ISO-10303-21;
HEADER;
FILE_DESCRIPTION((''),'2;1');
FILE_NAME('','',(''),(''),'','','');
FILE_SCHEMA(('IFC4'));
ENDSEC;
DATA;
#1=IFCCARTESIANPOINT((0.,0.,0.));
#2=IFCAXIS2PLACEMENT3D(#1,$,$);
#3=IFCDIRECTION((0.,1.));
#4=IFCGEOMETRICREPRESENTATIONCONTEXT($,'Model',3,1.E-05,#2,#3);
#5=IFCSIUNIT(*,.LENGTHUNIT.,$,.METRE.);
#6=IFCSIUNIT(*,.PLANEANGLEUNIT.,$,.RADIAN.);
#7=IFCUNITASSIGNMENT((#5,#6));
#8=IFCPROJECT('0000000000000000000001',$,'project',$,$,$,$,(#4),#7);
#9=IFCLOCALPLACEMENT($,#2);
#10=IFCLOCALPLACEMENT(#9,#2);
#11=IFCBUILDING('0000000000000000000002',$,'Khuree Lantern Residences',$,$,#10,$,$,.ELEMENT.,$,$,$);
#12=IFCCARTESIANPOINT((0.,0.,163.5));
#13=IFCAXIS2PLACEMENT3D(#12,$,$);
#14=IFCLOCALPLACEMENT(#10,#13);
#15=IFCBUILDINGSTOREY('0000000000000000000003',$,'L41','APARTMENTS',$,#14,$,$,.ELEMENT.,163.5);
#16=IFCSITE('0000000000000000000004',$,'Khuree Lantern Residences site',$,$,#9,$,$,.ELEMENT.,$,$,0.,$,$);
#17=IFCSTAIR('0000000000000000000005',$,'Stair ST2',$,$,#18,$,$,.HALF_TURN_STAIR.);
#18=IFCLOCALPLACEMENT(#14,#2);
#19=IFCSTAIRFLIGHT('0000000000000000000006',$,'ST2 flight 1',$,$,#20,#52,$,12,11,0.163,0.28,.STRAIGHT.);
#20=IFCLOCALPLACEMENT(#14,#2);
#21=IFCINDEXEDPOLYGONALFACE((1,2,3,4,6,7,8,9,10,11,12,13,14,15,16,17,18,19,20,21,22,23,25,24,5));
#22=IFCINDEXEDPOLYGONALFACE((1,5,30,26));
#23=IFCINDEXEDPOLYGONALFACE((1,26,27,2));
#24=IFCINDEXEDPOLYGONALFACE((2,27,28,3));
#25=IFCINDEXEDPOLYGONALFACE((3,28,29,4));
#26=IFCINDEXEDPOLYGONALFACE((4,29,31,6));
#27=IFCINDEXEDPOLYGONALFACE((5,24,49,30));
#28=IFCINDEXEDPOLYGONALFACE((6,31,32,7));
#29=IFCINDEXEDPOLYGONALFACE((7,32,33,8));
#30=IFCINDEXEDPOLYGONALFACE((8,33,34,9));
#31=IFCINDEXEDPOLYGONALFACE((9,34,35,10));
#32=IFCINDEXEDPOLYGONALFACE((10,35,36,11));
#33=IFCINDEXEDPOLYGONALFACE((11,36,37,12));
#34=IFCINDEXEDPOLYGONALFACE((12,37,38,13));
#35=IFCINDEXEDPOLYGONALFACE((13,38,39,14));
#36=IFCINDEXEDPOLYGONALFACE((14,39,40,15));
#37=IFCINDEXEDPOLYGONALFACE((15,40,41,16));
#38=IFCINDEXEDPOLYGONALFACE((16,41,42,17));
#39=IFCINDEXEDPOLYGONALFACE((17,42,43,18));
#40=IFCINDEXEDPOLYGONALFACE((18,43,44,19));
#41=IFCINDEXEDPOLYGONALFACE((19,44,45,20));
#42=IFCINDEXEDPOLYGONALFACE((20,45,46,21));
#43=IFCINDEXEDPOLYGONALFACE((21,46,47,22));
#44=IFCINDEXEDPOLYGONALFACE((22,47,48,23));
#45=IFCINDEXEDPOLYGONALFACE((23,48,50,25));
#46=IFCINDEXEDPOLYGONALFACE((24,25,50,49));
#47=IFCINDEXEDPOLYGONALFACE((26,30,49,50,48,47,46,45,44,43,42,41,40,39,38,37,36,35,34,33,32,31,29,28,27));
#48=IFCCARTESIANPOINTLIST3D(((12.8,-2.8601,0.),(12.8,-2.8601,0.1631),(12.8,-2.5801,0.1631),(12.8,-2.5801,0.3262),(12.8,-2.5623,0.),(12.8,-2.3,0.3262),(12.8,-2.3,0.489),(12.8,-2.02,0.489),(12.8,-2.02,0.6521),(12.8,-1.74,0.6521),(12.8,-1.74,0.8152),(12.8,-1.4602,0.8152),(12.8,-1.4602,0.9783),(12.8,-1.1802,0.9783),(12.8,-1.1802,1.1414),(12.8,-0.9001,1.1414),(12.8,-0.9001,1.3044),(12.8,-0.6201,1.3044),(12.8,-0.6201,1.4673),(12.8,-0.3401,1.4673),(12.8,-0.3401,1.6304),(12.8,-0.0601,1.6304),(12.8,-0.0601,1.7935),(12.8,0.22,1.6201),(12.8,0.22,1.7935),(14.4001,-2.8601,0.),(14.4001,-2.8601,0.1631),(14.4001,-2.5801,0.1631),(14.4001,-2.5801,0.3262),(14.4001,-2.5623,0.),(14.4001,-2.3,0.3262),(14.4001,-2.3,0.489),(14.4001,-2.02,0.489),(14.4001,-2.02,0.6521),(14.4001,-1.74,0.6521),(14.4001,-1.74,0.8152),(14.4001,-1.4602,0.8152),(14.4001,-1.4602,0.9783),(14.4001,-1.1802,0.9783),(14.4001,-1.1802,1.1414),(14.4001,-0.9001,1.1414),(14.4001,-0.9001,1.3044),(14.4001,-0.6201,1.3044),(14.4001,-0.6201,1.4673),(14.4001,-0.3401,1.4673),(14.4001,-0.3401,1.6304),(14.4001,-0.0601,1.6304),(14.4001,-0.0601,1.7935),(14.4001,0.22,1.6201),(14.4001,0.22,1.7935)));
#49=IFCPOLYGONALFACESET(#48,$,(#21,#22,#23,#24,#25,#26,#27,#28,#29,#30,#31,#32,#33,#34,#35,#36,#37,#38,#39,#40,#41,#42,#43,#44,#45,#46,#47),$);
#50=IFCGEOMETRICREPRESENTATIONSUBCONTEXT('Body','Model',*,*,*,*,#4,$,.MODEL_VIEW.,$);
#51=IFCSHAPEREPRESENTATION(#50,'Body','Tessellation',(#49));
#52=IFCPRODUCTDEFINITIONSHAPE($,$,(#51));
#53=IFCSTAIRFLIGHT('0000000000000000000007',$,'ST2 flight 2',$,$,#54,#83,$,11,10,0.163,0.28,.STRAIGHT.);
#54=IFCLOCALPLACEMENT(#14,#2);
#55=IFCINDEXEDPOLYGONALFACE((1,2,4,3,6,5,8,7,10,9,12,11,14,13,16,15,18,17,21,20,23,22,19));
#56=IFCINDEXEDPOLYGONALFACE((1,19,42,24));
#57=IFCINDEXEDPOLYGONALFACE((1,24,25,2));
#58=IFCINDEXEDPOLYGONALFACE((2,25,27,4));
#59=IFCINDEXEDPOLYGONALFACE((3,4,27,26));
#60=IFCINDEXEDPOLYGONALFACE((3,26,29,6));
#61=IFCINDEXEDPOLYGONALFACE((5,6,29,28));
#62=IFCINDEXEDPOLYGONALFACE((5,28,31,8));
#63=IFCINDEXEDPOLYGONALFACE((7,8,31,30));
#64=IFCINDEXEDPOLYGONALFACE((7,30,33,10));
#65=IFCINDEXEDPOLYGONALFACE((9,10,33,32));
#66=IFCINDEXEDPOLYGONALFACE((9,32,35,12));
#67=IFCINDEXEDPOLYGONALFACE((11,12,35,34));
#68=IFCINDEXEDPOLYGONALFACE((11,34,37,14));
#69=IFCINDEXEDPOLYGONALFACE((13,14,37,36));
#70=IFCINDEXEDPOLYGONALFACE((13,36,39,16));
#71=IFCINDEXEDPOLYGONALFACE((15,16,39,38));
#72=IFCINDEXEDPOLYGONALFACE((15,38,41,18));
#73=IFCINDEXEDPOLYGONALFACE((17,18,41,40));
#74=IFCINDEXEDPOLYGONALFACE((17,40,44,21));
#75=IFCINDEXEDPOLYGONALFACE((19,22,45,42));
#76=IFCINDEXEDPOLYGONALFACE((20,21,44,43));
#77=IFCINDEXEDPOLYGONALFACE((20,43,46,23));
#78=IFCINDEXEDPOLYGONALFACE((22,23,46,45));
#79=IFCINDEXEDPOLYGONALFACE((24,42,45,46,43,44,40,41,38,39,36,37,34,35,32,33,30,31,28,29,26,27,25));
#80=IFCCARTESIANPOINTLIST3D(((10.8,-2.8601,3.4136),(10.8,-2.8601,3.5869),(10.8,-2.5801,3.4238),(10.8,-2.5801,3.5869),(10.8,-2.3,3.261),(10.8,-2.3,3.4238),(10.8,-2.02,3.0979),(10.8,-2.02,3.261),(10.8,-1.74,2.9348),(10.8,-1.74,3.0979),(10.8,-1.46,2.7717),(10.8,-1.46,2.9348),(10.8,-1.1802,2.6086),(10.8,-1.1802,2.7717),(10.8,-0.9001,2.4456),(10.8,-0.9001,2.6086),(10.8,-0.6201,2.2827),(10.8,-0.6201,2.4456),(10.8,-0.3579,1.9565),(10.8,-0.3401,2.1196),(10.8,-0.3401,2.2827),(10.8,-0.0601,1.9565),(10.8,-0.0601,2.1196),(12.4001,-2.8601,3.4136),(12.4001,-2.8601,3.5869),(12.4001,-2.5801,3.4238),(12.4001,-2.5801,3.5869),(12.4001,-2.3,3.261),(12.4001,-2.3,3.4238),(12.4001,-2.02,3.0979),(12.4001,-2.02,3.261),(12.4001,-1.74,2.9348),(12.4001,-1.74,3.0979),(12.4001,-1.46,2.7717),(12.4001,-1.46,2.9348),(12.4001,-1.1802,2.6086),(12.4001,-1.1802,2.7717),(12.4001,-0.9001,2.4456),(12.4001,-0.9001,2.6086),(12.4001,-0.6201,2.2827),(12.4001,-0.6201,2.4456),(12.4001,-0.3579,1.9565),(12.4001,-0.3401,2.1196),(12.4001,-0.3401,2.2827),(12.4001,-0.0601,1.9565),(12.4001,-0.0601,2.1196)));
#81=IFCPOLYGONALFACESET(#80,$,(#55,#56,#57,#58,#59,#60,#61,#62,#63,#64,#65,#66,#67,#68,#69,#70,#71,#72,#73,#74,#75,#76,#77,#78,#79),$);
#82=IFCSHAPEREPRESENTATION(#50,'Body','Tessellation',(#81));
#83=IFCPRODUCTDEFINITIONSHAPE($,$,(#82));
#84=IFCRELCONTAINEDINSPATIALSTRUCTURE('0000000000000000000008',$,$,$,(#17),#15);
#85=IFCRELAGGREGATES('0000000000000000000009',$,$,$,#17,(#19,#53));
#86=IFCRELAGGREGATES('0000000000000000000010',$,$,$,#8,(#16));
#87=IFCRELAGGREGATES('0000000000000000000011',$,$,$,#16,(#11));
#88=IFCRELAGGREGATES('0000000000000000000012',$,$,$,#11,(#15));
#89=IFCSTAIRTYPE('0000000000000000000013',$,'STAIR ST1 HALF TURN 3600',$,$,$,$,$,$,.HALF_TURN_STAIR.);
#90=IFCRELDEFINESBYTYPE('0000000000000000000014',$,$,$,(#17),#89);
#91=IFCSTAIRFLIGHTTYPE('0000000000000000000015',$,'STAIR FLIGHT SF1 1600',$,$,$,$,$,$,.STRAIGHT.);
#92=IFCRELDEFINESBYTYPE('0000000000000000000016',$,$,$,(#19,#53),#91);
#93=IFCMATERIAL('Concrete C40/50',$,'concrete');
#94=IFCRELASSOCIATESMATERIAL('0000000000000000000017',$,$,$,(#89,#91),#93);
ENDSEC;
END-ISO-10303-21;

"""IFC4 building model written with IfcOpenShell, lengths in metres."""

from ifc_helpers import new_model, si_unit, direction, frame, origin, place, context, subcontext, project, spatial, polyline, outline, extrude, material, type_object, element, aggregate, save


model = new_model("IFC4")

# Units and contexts
model_context = context("Model", 3, precision=1e-05, world=origin(), true_north=direction((0.0, 1.0)))
body_context = subcontext(model_context, "Body", "Model", "MODEL_VIEW")
ifc_project = project(units=[si_unit("LENGTHUNIT", "METRE"), si_unit("PLANEANGLEUNIT", "RADIAN")], contexts=[model_context])

# Site, building, storey
site_placement = place(None, origin())
site = spatial("IfcSite", under=ifc_project, at=site_placement, Name="Khuree Lantern Residences site", CompositionType="ELEMENT", RefElevation=0.0)
building_placement = place(site_placement, origin())
building = spatial("IfcBuilding", under=site, at=building_placement, Name="Khuree Lantern Residences", CompositionType="ELEMENT")
storey_placement = place(building_placement, frame((0.0, 0.0, 163.5)))
storey = spatial("IfcBuildingStorey", under=building, at=storey_placement, Name="L41", Description="APARTMENTS", CompositionType="ELEMENT", Elevation=163.5)

# Stair
ifc_material_1 = material(Name="Concrete C40/50", Category="concrete")
stair_type = type_object("IfcStairType", Name="STAIR ST1 HALF TURN 3600", PredefinedType="HALF_TURN_STAIR", material=ifc_material_1)
stair_1_placement = place(storey_placement, origin())
stair_1 = element("IfcStair", 1, at=stair_1_placement, inside=storey, type_object=stair_type, Name="Stair ST2", PredefinedType="HALF_TURN_STAIR")

# Stair flights
stair_flight_type = type_object("IfcStairFlightType", Name="STAIR FLIGHT SF1 1600", PredefinedType="STRAIGHT", material=ifc_material_1)
stair_flight_1_placement = place(storey_placement, frame((13.6001, -2.8601, 0.0), z_axis=(0.0, 0.0, 1.0), x_axis=(0.0, 1.0, 0.0)))
stair_flight_1 = element("IfcStairFlight", 2, at=stair_flight_1_placement, type_object=stair_flight_type, Name="ST2 flight 1", NumberOfRisers=12, NumberOfTreads=11, PredefinedType="STRAIGHT", RiserHeight=0.163, TreadLength=0.28, context=body_context, shape_type="SweptSolid", body=[
    extrude(outline(polyline([(0.0, 0.0), (0.0, 0.1631), (0.28, 0.1631), (0.28, 0.3262), (0.5601, 0.3262), (0.5601, 0.489), (0.8401, 0.489), (0.8401, 0.6521), (1.1201, 0.6521), (1.1201, 0.8152), (1.3999, 0.8152), (1.3999, 0.9783), (1.6799, 0.9783), (1.6799, 1.1414), (1.96, 1.1414), (1.96, 1.3044), (2.24, 1.3044), (2.24, 1.4673), (2.52, 1.4673), (2.52, 1.6304), (2.8, 1.6304), (2.8, 1.7935), (3.0801, 1.7935), (3.0801, 1.9565), (3.0801, 1.6201), (0.2979, 0.0), (0.0, 0.0)])), frame((0.0, 0.8, 0.0), z_axis=(0.0, -1.0, 0.0), x_axis=(1.0, 0.0, 0.0)), (0.0, 0.0, 1.0), 1.6001),
])
stair_flight_2_placement = place(storey_placement, frame((11.6001, -0.0601, 1.9565), z_axis=(0.0, 0.0, 1.0), x_axis=(0.0, -1.0, 0.0)))
stair_flight_2 = element("IfcStairFlight", 3, at=stair_flight_2_placement, type_object=stair_flight_type, Name="ST2 flight 2", NumberOfRisers=11, NumberOfTreads=10, PredefinedType="STRAIGHT", RiserHeight=0.163, TreadLength=0.28, context=body_context, shape_type="SweptSolid", body=[
    extrude(outline(polyline([(0.0, 0.0), (0.0, 0.1631), (0.28, 0.1631), (0.28, 0.3262), (0.5601, 0.3262), (0.5601, 0.489), (0.8401, 0.489), (0.8401, 0.6521), (1.1201, 0.6521), (1.1201, 0.8152), (1.3999, 0.8152), (1.3999, 0.9783), (1.6799, 0.9783), (1.6799, 1.1414), (1.96, 1.1414), (1.96, 1.3044), (2.24, 1.3044), (2.24, 1.4673), (2.52, 1.4673), (2.52, 1.6304), (2.8, 1.6304), (2.8, 1.7935), (2.8, 1.457), (0.2979, 0.0), (0.0, 0.0)])), frame((0.0, 0.8, 0.0), z_axis=(0.0, -1.0, 0.0), x_axis=(1.0, 0.0, 0.0)), (0.0, 0.0, 1.0), 1.6001),
])
aggregate(stair_1, [stair_flight_1, stair_flight_2])

save(model, "model.ifc")
